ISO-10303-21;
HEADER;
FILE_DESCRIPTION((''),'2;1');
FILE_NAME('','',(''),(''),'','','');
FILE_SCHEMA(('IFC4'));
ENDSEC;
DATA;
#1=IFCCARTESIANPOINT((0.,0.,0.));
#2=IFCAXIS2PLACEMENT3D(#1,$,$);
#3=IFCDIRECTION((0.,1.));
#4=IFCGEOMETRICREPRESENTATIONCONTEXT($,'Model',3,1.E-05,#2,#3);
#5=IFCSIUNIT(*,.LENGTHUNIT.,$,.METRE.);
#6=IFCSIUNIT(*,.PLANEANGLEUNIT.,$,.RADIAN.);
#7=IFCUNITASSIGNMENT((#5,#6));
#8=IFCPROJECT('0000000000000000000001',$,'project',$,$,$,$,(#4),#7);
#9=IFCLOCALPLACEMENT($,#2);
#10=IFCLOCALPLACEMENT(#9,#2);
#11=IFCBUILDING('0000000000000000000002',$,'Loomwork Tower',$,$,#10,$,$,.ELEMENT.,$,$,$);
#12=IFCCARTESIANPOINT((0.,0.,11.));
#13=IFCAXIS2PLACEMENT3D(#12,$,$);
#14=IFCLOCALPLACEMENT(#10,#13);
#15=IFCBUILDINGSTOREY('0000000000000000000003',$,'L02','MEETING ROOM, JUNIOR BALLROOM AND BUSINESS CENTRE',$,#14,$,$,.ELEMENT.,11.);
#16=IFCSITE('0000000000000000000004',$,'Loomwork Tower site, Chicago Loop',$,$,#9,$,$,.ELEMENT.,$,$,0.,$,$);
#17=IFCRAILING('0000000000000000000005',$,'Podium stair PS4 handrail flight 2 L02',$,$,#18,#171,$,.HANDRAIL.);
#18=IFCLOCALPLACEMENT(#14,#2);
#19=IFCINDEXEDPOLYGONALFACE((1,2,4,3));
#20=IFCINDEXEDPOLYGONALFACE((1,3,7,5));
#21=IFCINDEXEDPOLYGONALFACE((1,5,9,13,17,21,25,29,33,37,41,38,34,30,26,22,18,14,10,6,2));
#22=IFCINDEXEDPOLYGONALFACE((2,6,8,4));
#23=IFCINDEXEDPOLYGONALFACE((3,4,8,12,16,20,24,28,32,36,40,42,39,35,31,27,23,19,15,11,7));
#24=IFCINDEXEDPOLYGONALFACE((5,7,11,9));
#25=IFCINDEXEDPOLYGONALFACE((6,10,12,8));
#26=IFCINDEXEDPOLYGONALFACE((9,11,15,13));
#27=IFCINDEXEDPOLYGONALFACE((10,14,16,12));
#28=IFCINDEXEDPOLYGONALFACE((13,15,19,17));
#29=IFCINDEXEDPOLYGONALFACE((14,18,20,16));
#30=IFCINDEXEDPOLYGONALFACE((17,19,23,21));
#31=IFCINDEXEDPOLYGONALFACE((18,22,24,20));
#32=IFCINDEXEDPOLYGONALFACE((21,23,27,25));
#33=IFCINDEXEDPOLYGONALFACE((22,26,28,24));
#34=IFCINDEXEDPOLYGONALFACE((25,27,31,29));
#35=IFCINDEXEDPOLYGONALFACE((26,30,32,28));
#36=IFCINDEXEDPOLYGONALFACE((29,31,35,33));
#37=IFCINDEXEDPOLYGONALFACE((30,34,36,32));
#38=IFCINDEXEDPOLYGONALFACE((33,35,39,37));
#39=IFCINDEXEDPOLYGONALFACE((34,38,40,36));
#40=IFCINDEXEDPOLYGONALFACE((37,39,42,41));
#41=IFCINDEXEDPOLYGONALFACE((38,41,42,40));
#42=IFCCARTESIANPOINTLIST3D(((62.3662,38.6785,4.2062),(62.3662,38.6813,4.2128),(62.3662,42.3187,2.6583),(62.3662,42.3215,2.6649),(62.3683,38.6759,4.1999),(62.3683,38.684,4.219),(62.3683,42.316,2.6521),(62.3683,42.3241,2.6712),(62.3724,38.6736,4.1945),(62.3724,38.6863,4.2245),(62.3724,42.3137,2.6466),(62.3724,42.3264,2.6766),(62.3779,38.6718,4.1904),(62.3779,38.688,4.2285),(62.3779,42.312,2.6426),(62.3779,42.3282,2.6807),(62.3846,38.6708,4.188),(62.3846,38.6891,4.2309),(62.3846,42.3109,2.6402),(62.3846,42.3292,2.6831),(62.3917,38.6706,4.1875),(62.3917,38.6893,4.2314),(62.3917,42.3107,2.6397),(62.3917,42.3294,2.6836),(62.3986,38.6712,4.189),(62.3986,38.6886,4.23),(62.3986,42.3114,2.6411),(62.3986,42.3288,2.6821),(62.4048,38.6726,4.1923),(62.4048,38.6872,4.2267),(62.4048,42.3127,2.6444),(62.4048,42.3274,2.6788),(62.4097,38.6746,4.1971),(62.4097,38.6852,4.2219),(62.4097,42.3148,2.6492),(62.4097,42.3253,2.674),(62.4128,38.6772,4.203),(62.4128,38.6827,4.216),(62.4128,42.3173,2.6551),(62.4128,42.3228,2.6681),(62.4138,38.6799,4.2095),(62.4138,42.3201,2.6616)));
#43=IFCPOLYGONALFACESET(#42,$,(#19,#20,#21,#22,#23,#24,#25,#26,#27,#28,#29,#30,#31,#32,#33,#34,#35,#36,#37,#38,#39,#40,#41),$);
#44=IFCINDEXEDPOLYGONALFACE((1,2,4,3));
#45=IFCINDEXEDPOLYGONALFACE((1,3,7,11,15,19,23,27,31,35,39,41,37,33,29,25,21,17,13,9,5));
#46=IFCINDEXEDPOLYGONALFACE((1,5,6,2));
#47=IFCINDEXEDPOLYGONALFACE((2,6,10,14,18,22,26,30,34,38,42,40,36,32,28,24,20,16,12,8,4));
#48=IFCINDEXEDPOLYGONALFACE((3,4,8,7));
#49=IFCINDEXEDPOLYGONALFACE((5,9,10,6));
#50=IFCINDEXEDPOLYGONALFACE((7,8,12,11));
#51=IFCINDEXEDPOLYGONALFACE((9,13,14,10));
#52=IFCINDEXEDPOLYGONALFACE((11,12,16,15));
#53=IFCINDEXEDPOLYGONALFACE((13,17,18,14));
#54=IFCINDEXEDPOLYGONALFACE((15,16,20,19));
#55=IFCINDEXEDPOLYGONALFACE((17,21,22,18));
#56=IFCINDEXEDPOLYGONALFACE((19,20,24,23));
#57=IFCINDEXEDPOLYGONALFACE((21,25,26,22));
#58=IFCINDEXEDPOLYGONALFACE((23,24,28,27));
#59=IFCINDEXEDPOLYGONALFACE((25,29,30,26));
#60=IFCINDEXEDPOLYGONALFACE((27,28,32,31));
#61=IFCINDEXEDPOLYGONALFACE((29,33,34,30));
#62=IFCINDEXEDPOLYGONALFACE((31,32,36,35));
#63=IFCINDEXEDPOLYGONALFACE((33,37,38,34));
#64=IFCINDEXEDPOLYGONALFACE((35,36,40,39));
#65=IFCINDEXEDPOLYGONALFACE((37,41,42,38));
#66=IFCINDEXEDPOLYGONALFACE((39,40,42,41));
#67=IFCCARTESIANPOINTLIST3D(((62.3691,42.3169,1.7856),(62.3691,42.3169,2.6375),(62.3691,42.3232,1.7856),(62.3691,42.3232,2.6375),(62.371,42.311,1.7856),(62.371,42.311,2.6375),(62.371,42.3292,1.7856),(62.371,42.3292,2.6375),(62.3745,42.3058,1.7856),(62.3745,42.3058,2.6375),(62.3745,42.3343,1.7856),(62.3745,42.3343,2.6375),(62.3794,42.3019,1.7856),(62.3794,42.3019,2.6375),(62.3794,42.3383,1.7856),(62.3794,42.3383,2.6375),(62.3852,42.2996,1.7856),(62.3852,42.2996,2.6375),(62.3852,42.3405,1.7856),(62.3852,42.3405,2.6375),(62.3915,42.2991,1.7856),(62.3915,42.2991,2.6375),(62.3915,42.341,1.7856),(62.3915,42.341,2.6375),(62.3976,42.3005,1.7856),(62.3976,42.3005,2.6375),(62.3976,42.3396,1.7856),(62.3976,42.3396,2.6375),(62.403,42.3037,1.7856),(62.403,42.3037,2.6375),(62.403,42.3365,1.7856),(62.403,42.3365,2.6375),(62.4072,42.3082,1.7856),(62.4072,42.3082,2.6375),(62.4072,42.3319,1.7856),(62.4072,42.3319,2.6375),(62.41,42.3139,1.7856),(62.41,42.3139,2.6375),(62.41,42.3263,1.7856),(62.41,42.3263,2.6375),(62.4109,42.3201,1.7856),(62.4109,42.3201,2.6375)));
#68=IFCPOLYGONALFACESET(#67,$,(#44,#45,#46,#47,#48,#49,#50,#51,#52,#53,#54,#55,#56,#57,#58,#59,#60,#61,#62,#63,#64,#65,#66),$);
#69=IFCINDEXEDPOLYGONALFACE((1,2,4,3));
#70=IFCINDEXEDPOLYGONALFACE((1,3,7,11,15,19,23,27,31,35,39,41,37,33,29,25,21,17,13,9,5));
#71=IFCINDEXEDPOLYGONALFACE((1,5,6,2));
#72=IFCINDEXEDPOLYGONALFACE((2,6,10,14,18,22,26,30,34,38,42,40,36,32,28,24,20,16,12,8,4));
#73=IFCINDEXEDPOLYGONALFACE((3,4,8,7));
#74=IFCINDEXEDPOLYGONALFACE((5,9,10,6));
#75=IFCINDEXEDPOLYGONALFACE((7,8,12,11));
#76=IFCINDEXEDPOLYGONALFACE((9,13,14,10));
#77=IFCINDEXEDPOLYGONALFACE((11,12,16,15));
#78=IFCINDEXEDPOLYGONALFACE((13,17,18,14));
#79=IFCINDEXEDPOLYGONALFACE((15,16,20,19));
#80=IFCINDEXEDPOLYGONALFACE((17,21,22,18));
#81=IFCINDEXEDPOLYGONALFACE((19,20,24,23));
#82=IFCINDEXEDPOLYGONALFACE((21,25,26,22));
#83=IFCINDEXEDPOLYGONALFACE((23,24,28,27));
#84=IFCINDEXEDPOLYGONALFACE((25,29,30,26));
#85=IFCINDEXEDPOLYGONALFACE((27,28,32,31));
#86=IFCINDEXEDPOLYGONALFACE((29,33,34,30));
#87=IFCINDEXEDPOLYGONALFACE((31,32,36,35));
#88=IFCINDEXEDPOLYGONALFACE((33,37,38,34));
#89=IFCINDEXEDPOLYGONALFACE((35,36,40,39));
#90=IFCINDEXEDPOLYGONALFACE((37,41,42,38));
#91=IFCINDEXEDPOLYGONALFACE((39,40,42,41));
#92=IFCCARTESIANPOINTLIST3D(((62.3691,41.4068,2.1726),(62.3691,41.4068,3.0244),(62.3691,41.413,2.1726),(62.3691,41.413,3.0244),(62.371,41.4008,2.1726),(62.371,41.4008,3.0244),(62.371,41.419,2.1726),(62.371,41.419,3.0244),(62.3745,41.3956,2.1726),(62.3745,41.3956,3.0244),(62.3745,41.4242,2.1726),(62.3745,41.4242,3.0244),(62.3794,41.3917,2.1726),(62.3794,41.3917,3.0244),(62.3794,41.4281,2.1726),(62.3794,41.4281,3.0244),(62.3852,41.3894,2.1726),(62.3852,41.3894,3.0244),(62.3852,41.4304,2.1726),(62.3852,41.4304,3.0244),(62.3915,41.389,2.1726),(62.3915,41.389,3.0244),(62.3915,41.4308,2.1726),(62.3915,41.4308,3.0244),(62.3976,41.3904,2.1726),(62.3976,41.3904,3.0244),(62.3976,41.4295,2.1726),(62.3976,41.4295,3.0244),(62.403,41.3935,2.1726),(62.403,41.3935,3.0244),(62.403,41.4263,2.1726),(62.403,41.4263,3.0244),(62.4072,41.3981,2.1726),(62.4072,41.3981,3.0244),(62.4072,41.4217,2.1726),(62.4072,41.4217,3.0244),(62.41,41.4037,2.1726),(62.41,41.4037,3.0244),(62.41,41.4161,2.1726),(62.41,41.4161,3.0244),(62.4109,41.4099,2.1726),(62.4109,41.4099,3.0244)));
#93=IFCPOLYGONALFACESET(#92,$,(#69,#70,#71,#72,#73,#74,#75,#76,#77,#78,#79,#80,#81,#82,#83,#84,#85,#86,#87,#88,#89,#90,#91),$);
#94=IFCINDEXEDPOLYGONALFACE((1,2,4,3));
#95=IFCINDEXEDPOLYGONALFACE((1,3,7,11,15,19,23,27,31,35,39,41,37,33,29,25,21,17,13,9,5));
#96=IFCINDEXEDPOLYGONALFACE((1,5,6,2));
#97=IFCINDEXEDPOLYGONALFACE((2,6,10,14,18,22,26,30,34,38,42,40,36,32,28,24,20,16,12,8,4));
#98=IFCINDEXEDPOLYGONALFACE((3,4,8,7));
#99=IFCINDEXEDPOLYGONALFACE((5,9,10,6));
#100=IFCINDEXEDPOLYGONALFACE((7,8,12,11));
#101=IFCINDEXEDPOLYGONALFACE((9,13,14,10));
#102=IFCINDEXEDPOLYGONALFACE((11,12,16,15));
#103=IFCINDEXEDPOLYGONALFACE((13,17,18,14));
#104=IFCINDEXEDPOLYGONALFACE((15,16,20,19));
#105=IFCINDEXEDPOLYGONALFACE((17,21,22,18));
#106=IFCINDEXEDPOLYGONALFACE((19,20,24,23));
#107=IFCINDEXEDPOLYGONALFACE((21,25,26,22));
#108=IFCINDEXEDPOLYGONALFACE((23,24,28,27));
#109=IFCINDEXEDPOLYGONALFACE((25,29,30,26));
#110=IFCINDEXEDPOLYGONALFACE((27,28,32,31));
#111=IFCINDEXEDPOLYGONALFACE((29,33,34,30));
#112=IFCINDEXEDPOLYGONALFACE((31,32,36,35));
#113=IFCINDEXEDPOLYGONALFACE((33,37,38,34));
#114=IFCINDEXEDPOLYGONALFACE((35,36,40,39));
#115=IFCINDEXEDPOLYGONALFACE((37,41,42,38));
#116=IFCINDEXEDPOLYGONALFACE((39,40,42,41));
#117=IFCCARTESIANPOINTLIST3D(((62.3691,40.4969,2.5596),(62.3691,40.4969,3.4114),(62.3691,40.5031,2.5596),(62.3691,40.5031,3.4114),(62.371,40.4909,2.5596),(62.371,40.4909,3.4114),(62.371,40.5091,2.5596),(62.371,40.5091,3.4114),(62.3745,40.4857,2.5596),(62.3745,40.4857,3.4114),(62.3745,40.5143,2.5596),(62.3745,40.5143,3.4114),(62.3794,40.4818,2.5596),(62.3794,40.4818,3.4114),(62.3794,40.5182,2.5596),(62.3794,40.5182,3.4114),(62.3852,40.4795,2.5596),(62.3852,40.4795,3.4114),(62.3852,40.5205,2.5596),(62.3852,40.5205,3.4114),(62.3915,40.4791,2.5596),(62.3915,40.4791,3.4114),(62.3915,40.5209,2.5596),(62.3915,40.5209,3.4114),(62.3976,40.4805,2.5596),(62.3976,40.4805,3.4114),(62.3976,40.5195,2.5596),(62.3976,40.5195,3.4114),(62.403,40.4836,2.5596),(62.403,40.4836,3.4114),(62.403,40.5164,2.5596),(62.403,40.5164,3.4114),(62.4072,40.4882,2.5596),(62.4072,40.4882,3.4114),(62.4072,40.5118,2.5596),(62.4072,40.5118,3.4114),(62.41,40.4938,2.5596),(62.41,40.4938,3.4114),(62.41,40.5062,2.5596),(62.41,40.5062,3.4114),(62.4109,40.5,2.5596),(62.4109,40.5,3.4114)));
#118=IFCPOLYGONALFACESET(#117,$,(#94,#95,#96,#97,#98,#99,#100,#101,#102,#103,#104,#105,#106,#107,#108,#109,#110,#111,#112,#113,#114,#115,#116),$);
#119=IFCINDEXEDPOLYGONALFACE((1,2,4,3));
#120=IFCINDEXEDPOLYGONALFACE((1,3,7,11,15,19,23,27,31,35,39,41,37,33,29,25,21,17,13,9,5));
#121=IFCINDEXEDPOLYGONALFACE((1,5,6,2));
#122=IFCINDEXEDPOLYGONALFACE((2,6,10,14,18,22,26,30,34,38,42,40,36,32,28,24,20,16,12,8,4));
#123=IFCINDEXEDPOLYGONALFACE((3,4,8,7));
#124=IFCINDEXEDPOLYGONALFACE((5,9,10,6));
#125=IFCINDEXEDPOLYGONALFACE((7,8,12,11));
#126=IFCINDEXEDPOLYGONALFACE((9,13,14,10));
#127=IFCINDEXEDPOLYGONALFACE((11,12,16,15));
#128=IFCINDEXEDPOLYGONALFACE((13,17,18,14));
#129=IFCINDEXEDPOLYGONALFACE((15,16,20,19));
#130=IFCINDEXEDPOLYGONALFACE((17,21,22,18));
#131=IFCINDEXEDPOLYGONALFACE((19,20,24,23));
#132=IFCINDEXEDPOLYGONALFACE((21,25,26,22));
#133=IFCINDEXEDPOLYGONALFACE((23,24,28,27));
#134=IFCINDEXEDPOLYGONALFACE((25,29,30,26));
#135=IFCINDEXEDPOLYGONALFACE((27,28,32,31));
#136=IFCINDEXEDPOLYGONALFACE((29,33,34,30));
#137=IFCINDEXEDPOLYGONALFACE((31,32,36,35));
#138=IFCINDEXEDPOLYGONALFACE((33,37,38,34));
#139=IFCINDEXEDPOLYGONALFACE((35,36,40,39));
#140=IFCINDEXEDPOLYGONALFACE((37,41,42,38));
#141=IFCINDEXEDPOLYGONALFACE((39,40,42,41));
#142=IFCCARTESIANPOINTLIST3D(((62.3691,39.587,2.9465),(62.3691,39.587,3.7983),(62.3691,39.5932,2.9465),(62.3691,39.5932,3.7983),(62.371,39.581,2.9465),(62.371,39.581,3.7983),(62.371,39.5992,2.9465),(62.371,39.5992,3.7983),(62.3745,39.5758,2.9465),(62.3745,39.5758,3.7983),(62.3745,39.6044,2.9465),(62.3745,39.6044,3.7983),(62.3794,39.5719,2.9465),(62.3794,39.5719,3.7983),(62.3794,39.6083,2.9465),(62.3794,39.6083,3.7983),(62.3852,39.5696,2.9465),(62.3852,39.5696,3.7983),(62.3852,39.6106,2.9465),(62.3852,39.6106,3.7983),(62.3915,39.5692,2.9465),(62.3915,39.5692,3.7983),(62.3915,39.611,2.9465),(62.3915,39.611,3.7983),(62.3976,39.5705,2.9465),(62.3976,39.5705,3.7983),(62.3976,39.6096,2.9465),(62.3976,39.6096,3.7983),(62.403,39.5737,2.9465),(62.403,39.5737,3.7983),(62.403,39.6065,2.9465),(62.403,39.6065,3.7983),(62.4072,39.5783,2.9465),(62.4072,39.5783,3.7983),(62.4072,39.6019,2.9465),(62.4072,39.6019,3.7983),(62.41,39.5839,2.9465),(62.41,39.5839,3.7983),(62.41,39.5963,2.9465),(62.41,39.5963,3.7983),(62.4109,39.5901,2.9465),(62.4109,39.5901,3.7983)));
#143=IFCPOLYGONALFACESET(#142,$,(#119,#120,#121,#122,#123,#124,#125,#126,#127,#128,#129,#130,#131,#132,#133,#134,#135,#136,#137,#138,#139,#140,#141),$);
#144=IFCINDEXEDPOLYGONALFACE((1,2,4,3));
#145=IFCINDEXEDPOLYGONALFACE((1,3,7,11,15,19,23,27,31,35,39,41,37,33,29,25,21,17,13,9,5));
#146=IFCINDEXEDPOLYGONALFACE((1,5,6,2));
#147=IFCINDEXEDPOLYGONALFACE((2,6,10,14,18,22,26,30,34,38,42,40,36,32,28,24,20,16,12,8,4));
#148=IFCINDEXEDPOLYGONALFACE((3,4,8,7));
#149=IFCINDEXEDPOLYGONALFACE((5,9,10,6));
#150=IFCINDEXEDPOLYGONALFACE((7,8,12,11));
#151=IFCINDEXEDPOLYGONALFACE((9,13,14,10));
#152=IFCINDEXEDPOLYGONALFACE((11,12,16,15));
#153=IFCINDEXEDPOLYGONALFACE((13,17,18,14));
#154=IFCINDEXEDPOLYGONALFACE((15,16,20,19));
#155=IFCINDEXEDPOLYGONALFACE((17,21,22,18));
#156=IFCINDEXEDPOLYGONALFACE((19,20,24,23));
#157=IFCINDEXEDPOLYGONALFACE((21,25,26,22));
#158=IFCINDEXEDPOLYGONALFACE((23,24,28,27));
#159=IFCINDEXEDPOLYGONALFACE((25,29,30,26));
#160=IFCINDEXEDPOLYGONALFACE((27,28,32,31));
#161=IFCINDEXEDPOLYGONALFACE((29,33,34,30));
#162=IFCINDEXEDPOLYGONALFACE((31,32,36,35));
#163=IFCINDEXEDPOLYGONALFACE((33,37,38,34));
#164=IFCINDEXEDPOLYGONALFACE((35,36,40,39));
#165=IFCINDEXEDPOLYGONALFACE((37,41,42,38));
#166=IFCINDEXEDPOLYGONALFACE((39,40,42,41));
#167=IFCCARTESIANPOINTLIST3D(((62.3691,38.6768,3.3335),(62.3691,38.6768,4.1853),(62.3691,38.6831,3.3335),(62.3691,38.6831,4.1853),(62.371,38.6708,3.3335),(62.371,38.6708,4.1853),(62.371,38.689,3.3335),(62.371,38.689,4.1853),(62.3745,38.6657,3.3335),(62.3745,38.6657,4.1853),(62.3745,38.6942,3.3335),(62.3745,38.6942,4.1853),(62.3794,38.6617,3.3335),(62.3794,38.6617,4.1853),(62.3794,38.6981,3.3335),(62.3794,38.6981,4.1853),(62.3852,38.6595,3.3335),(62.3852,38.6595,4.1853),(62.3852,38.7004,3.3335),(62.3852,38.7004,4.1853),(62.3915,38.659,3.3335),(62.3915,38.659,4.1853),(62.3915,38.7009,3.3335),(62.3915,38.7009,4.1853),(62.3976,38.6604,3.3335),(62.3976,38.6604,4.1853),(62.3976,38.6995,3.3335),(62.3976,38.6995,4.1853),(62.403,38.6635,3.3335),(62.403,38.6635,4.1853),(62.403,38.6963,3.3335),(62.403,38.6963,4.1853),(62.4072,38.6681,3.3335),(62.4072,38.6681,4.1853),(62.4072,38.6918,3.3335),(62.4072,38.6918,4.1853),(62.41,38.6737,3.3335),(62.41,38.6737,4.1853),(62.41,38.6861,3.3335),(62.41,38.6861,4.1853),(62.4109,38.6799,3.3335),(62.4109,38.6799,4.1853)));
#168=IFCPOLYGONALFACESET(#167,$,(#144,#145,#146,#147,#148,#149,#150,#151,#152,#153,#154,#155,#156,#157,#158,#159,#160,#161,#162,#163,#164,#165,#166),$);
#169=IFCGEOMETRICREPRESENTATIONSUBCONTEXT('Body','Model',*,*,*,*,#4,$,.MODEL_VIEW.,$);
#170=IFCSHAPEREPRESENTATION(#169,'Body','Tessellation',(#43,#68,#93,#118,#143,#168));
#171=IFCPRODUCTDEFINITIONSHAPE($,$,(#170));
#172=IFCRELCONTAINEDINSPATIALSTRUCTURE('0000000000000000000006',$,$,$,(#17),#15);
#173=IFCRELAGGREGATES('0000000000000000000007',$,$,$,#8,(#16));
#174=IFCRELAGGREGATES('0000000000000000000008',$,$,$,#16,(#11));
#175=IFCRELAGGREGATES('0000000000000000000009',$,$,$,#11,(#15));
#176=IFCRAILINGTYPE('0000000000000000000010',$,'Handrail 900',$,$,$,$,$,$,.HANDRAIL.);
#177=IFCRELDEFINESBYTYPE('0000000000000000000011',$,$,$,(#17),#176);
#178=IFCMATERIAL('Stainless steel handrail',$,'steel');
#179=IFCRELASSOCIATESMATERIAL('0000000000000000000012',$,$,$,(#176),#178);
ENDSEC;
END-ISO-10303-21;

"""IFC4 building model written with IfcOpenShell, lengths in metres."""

from ifc_helpers import new_model, si_unit, direction, frame, origin, origin_2d, place, context, subcontext, project, spatial, circle, extrude, material, type_object, element, save


model = new_model("IFC4")

# Units and contexts
model_context = context("Model", 3, precision=1e-05, world=origin(), true_north=direction((0.0, 1.0)))
body_context = subcontext(model_context, "Body", "Model", "MODEL_VIEW")
ifc_project = project(units=[si_unit("LENGTHUNIT", "METRE"), si_unit("PLANEANGLEUNIT", "RADIAN")], contexts=[model_context])

# Site, building, storey
site_placement = place(None, origin())
site = spatial("IfcSite", under=ifc_project, at=site_placement, Name="Loomwork Tower site, Chicago Loop", CompositionType="ELEMENT", RefElevation=0.0)
building_placement = place(site_placement, origin())
building = spatial("IfcBuilding", under=site, at=building_placement, Name="Loomwork Tower", CompositionType="ELEMENT")
storey_placement = place(building_placement, frame((0.0, 0.0, 11.0)))
storey = spatial("IfcBuildingStorey", under=building, at=storey_placement, Name="L02", Description="MEETING ROOM, JUNIOR BALLROOM AND BUSINESS CENTRE", CompositionType="ELEMENT", Elevation=11.0)

# Railing
ifc_material_1 = material(Name="Stainless steel handrail", Category="steel")
railing_type = type_object("IfcRailingType", Name="Handrail 900", PredefinedType="HANDRAIL", material=ifc_material_1)
railing_1_placement = place(storey_placement, frame((62.3899, 42.3201, 1.7856)))
element("IfcRailing", 1, at=railing_1_placement, inside=storey, type_object=railing_type, Name="Podium stair PS4 handrail flight 2 L02", PredefinedType="HANDRAIL", context=body_context, shape_type="SweptSolid", body=[
    extrude(circle(Radius=0.0239, at=origin_2d()), frame((0.0, 0.0, 0.876), z_axis=(0.0, -0.920259, 0.391311), x_axis=(1.0, 0.0, 0.0)), (0.0, 0.0, 1.0), 3.9556),
    extrude(circle(Radius=0.021, at=origin_2d()), origin(), (0.0, 0.0, 1.0), 0.8518),
    extrude(circle(Radius=0.021, at=origin_2d()), frame((0.0, -0.9102, 0.387)), (0.0, 0.0, 1.0), 0.8518),
    extrude(circle(Radius=0.021, at=origin_2d()), frame((0.0, -1.8201, 0.7739)), (0.0, 0.0, 1.0), 0.8518),
    extrude(circle(Radius=0.021, at=origin_2d()), frame((0.0, -2.73, 1.1609)), (0.0, 0.0, 1.0), 0.8518),
    extrude(circle(Radius=0.021, at=origin_2d()), frame((0.0, -3.6401, 1.5479)), (0.0, 0.0, 1.0), 0.8518),
])

save(model, "model.ifc")
